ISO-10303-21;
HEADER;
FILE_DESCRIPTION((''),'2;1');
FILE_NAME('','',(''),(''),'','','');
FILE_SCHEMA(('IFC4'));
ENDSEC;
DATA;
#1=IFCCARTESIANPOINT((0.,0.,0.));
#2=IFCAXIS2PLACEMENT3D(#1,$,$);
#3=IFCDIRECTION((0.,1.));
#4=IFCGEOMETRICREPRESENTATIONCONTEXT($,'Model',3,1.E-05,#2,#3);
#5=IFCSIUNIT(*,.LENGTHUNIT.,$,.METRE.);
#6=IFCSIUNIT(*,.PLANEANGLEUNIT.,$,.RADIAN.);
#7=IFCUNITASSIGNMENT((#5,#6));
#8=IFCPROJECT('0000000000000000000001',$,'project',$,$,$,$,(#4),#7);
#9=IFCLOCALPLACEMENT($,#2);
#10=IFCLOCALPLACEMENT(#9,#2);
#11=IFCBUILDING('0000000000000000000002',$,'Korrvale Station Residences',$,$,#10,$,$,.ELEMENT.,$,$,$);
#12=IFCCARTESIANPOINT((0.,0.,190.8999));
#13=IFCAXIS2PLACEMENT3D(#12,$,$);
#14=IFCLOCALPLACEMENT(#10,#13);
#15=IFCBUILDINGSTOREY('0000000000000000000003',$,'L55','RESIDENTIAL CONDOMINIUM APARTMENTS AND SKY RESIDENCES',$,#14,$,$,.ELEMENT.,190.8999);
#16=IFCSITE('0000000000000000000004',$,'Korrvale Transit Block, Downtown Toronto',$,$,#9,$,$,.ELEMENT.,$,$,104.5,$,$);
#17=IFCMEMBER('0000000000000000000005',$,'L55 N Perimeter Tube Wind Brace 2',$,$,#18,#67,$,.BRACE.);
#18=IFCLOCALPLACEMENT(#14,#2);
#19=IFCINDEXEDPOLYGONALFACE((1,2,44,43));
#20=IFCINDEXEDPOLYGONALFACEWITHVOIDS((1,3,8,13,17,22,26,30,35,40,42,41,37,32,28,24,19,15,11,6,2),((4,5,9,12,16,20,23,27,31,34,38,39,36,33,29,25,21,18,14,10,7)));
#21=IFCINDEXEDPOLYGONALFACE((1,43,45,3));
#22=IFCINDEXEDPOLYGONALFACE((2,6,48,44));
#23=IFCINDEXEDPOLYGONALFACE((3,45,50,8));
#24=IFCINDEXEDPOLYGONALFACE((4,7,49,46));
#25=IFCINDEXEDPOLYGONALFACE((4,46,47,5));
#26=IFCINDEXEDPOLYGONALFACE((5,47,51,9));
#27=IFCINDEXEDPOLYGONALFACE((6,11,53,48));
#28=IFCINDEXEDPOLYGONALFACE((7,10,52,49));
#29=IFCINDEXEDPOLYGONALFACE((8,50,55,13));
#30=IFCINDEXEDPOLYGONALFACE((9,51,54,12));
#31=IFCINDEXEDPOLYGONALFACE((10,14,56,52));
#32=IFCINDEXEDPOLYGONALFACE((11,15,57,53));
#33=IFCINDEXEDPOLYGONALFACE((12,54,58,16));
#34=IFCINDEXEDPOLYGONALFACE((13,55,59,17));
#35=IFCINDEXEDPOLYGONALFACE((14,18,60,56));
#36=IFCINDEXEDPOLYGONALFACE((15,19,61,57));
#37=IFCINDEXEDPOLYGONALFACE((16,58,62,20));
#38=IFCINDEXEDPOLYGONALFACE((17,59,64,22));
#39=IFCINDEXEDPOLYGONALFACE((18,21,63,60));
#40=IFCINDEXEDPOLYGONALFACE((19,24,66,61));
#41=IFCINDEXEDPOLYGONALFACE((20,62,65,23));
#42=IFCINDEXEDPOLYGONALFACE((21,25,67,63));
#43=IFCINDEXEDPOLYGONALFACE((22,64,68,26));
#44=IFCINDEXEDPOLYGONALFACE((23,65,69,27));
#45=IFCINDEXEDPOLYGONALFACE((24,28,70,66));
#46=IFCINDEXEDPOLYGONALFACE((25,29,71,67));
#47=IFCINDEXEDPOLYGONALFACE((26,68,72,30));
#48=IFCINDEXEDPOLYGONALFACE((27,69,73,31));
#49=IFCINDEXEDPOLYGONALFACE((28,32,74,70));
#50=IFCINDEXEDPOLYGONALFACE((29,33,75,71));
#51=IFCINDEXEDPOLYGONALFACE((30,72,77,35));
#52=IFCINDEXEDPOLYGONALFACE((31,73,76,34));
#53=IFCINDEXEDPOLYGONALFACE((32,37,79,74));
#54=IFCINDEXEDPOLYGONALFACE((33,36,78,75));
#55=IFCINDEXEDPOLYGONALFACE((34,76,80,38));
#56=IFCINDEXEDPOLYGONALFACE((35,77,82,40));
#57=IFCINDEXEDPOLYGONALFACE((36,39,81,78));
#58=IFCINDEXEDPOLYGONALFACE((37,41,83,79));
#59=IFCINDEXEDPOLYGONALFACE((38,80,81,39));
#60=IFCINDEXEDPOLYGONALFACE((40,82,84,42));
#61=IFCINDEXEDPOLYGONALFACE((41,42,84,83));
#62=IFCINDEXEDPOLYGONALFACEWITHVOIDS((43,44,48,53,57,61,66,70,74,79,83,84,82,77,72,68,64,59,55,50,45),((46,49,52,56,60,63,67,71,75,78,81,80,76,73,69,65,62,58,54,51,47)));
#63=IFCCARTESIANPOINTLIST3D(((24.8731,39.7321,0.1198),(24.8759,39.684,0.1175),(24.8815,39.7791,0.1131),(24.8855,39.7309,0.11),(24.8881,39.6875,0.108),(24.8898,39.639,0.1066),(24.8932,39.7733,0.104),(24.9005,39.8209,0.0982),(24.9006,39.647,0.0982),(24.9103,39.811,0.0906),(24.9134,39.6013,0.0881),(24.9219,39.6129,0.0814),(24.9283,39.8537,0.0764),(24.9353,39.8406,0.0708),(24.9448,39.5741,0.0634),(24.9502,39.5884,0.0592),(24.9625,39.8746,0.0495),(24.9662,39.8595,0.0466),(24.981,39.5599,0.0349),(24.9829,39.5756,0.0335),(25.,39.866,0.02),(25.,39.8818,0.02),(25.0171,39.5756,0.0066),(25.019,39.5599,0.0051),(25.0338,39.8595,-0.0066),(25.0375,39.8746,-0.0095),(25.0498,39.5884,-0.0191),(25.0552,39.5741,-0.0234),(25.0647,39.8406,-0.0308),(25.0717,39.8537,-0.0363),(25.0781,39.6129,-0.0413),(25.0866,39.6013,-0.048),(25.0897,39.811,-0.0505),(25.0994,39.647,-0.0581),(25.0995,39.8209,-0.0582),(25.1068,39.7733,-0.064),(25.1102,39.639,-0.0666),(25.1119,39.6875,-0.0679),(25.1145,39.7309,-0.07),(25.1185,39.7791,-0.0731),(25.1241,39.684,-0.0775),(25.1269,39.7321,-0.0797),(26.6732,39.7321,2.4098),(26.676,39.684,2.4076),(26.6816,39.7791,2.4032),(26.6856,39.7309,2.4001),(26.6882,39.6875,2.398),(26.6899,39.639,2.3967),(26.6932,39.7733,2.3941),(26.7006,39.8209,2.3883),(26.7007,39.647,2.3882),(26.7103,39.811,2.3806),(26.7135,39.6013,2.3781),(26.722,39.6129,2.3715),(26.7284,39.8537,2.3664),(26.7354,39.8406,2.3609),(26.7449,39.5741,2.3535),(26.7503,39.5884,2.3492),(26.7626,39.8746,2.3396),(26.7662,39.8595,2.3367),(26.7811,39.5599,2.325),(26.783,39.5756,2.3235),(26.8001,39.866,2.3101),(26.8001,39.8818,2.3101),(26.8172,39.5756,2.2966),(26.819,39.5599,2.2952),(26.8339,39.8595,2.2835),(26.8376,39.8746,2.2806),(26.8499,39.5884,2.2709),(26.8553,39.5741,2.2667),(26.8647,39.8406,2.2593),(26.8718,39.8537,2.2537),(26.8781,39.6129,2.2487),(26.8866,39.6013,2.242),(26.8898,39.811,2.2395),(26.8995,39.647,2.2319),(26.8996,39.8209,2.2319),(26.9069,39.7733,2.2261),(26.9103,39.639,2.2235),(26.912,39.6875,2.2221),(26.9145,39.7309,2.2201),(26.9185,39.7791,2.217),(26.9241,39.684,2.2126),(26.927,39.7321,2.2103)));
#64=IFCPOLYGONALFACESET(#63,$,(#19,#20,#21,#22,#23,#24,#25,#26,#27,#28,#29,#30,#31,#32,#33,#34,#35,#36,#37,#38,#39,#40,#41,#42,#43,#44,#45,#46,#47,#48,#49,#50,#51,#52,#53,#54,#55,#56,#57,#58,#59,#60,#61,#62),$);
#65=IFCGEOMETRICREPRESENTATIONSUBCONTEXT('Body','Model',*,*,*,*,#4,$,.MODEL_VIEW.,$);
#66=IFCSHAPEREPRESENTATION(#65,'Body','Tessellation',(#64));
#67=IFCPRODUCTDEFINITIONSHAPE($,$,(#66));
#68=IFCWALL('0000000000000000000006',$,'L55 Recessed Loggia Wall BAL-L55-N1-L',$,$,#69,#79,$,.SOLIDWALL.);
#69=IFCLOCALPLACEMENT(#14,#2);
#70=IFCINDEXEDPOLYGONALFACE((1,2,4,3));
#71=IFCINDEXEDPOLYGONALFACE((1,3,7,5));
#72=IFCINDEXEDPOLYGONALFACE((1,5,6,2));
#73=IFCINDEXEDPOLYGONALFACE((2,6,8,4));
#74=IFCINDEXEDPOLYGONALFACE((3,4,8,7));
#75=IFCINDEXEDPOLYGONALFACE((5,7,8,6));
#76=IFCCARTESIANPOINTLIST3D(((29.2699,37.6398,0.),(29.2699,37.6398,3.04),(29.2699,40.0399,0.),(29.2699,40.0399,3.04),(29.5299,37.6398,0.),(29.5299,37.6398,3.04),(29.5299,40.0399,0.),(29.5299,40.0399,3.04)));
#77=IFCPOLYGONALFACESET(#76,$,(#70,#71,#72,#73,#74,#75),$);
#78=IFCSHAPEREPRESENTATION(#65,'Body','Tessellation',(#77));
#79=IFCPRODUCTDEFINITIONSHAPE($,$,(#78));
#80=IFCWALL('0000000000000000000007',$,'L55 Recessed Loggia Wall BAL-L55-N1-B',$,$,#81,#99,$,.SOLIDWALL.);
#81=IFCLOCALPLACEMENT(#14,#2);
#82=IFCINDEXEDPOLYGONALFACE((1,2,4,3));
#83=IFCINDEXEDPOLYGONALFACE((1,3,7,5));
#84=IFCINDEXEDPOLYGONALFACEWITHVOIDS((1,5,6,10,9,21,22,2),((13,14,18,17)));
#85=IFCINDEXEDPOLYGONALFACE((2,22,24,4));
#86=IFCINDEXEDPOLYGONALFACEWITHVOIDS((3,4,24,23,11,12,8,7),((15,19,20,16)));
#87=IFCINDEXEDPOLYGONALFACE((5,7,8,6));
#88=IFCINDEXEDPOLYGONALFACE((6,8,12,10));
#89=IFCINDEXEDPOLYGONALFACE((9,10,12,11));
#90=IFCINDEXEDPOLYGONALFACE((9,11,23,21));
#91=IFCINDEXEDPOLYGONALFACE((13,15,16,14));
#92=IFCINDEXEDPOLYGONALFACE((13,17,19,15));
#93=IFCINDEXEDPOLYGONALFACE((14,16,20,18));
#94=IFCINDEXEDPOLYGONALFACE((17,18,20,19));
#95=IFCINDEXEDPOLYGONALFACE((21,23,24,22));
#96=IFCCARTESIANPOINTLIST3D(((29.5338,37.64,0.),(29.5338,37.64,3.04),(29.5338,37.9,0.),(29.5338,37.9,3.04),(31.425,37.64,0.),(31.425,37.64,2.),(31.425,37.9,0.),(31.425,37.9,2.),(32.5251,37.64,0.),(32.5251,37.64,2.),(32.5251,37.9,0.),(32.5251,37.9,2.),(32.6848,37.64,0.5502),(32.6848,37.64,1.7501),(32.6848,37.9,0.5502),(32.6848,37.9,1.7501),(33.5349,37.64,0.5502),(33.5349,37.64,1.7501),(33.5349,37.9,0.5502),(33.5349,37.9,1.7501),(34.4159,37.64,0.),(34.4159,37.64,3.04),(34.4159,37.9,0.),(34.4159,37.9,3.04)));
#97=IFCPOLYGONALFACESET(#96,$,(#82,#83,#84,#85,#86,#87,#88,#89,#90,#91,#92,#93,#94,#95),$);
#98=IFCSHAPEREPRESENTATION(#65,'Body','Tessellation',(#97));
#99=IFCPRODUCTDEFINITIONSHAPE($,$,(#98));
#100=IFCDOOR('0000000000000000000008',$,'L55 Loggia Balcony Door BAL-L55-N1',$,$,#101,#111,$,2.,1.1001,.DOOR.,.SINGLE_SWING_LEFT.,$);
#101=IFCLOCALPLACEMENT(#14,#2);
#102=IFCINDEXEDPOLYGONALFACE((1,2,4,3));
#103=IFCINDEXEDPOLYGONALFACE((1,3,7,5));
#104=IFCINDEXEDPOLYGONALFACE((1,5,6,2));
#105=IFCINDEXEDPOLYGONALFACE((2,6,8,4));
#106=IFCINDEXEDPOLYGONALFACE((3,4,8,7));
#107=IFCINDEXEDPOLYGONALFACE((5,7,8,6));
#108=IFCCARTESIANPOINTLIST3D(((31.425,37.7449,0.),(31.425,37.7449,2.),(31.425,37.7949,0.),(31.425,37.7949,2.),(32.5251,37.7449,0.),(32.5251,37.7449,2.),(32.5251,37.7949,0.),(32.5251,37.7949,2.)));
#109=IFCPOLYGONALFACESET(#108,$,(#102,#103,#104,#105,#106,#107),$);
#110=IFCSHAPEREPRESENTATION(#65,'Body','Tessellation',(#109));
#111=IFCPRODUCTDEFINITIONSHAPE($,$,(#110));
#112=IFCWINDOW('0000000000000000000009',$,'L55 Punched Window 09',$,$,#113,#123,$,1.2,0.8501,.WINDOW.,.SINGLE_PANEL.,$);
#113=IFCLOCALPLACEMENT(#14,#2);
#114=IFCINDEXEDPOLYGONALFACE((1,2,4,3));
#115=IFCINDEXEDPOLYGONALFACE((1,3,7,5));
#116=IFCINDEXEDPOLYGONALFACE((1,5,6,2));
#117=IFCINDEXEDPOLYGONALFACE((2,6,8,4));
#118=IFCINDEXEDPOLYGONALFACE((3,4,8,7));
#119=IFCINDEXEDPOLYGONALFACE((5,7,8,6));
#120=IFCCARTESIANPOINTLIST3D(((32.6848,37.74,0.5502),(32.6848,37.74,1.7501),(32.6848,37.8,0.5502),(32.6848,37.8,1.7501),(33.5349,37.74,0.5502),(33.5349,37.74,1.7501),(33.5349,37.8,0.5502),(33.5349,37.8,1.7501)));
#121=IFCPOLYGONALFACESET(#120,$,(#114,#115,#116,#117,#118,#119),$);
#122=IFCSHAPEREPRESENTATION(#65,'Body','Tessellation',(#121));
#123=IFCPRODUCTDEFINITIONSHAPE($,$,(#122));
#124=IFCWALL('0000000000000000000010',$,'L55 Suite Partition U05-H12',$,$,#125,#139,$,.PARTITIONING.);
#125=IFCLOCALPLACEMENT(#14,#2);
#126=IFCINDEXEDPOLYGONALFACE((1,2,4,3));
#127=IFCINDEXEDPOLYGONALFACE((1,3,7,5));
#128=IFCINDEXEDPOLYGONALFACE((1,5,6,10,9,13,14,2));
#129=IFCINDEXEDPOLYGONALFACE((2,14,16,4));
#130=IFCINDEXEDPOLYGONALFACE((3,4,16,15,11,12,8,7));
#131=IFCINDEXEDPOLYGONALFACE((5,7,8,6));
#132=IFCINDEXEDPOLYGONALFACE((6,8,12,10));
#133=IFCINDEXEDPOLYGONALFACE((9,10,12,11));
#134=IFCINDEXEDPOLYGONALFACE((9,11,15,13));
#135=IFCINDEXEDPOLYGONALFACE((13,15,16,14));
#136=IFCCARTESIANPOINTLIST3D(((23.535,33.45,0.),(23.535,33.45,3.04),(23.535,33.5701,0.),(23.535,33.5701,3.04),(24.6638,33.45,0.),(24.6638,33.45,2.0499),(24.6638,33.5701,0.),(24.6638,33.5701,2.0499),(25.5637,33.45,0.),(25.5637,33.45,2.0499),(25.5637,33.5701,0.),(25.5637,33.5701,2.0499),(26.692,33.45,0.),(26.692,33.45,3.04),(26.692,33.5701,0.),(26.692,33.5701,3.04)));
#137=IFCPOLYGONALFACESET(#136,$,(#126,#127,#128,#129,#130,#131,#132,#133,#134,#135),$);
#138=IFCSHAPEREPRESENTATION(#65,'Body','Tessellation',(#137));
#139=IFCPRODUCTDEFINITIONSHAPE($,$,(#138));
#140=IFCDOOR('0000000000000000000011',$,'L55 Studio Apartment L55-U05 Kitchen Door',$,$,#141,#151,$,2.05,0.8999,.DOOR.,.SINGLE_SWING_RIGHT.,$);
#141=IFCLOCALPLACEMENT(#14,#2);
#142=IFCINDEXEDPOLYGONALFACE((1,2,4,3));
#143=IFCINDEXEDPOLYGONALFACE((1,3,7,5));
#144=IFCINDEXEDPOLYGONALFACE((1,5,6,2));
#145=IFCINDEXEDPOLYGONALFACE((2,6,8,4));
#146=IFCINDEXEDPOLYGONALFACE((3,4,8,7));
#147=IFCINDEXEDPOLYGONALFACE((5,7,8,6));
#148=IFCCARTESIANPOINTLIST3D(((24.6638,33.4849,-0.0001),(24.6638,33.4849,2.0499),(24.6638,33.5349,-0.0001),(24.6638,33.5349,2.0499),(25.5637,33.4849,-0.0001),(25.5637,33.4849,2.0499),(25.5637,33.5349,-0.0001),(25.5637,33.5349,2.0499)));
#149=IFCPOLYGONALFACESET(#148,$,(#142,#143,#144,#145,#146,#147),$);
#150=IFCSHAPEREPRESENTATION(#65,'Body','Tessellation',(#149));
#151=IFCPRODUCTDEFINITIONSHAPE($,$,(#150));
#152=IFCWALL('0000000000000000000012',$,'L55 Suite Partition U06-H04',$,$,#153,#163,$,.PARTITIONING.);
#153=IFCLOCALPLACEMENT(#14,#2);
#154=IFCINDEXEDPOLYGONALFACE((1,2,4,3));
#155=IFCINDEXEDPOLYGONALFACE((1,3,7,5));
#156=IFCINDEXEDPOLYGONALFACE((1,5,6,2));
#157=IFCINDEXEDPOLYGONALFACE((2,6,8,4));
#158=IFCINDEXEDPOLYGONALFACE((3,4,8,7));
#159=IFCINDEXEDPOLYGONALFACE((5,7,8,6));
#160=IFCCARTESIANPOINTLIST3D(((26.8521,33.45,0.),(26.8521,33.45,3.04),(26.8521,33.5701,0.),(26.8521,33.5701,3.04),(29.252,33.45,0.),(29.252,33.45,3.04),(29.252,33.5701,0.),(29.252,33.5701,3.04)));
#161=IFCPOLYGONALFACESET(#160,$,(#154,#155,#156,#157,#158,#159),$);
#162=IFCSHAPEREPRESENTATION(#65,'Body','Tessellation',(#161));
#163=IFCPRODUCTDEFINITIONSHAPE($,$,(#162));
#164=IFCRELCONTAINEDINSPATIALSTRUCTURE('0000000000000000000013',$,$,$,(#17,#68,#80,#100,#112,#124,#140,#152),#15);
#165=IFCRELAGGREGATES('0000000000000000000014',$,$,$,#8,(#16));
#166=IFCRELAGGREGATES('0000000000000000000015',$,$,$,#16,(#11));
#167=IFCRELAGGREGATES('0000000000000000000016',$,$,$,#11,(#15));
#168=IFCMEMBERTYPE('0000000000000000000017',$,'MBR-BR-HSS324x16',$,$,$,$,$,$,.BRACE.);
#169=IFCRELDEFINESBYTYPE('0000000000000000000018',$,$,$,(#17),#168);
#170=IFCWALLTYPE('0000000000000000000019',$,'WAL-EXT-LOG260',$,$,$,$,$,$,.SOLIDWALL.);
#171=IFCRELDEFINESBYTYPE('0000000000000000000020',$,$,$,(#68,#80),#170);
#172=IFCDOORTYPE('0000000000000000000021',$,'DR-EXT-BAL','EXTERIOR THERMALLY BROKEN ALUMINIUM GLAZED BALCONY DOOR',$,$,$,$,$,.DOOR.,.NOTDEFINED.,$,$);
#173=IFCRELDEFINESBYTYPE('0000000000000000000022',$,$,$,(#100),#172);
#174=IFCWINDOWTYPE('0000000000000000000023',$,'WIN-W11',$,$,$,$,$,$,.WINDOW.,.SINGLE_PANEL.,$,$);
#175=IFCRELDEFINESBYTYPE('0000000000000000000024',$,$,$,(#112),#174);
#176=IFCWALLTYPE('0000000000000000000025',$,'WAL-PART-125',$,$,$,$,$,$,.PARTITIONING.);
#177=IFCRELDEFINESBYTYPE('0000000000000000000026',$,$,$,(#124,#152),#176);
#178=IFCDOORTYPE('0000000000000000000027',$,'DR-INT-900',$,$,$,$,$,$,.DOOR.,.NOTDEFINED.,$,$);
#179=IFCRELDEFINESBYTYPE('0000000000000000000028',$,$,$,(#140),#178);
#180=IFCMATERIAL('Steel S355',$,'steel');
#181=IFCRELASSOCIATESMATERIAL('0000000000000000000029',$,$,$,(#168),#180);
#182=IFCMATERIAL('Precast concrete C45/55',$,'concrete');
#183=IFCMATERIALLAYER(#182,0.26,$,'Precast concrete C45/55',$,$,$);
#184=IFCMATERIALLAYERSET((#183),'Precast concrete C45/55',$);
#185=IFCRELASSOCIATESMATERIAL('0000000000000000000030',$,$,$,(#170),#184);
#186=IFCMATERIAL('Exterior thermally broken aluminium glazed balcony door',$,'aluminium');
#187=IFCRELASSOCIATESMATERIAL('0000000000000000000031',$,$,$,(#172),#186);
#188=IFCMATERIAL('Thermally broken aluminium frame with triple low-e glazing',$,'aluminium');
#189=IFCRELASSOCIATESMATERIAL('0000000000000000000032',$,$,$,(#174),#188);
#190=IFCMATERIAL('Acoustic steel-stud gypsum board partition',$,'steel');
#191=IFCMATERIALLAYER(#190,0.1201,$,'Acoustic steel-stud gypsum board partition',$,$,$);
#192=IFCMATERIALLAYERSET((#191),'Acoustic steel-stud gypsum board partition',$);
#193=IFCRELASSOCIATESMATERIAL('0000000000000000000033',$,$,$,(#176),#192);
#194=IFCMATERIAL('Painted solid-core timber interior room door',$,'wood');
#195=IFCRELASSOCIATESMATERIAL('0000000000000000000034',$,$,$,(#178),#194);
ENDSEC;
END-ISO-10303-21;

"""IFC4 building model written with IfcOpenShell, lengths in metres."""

from ifc_helpers import new_model, si_unit, direction, frame, frame_2d, origin, origin_2d, place, context, subcontext, project, spatial, rectangle, hollow_circle, extrude, material, layer, layer_set, material_profile, profile_set, type_object, element, fill, save


model = new_model("IFC4")

# Units and contexts
model_context = context("Model", 3, precision=1e-05, world=origin(), true_north=direction((0.0, 1.0)))
body_context = subcontext(model_context, "Body", "Model", "MODEL_VIEW")
ifc_project = project(units=[si_unit("LENGTHUNIT", "METRE"), si_unit("PLANEANGLEUNIT", "RADIAN")], contexts=[model_context])

# Site, building, storey
site_placement = place(None, origin())
site = spatial("IfcSite", under=ifc_project, at=site_placement, Name="Korrvale Transit Block, Downtown Toronto", CompositionType="ELEMENT", RefElevation=104.5)
building_placement = place(site_placement, origin())
building = spatial("IfcBuilding", under=site, at=building_placement, Name="Korrvale Station Residences", CompositionType="ELEMENT")
storey_placement = place(building_placement, frame((0.0, 0.0, 190.8999)))
storey = spatial("IfcBuildingStorey", under=building, at=storey_placement, Name="L55", Description="RESIDENTIAL CONDOMINIUM APARTMENTS AND SKY RESIDENCES", CompositionType="ELEMENT", Elevation=190.8999)

# Shared definitions
ifc_material_1 = material(Name="Steel S355", Category="steel")

# Member
ifc_material_profile_1 = material_profile(ifc_material_1, hollow_circle(Radius=0.1619, WallThickness=0.0159, at=origin_2d()), Name="HSS324x16")
ifc_profile_set_1 = profile_set([ifc_material_profile_1], Name="Steel S355")
member_type = type_object("IfcMemberType", Name="MBR-BR-HSS324x16", PredefinedType="BRACE", material=ifc_profile_set_1)
for number, where, z_axis, x_axis, name in (
    (1, (25.0, 39.72, 0.02), (0.617977, 0.0, 0.786196), (0.0, 1.0, 0.0), "L55 N Perimeter Tube Wind Brace 2"),
):
    element("IfcMember", number, at=place(storey_placement, frame(where, z_axis=z_axis, x_axis=x_axis)), inside=storey, type_object=member_type, Name=name, PredefinedType="BRACE", context=body_context, shape_type="SweptSolid", body=[
        extrude(hollow_circle(Radius=0.1619, WallThickness=0.0159, at=origin_2d()), origin(), (0.0, 0.0, 1.0), 2.9128),
    ])

# Wall
ifc_material_2 = material(Name="Precast concrete C45/55", Category="concrete")
ifc_layer_1 = layer(ifc_material_2, 0.26, Name="Precast concrete C45/55")
ifc_layer_set_1 = layer_set([ifc_layer_1], Name="Precast concrete C45/55")
wall_type_1 = type_object("IfcWallType", Name="WAL-EXT-LOG260", PredefinedType="SOLIDWALL", material=ifc_layer_set_1)
wall_1_placement = place(storey_placement, frame((29.3999, 40.04, 0.0), z_axis=(0.0, 0.0, 1.0), x_axis=(0.0, -1.0, 0.0)))
element("IfcWall", 2, at=wall_1_placement, inside=storey, type_object=wall_type_1, Name="L55 Recessed Loggia Wall BAL-L55-N1-L", PredefinedType="SOLIDWALL", context=body_context, shape_type="SweptSolid", body=[
    extrude(rectangle(XDim=2.4001, YDim=0.26, at=frame_2d((1.2002, 0.0))), origin(), (0.0, 0.0, 1.0), 3.04),
])

# Wall, openings, door, window
wall_2_placement = place(storey_placement, frame((29.5339, 37.77, 0.0), z_axis=(0.0, 0.0, 1.0), x_axis=(1.0, 0.0, 0.0)))
wall_2 = element("IfcWall", 3, at=wall_2_placement, inside=storey, type_object=wall_type_1, Name="L55 Recessed Loggia Wall BAL-L55-N1-B", PredefinedType="SOLIDWALL", context=body_context, shape_type="SweptSolid", body=[
    extrude(rectangle(XDim=4.8821, YDim=0.26, at=frame_2d((2.4409, 0.0))), origin(), (0.0, 0.0, 1.0), 3.04),
])
opening_1_placement = place(wall_2_placement, frame((1.8911, 0.0, 0.0)))
opening_1 = element("IfcOpeningElement", 4, at=opening_1_placement, cuts=wall_2, PredefinedType="OPENING", context=body_context, shape_type="SweptSolid", body=[
    extrude(rectangle(XDim=1.1001, YDim=2.0, at=frame_2d((0.55, 1.0))), frame((0.0, 0.1401, 0.0), z_axis=(0.0, -1.0, 0.0), x_axis=(1.0, 0.0, 0.0)), (0.0, 0.0, 1.0), 0.28),
])
opening_2_placement = place(wall_2_placement, frame((3.1509, 0.0, 0.55)))
opening_2 = element("IfcOpeningElement", 5, at=opening_2_placement, cuts=wall_2, PredefinedType="OPENING", context=body_context, shape_type="SweptSolid", body=[
    extrude(rectangle(XDim=0.8501, YDim=1.2, at=frame_2d((0.425, 0.6001))), frame((0.0, 0.1401, 0.0), z_axis=(0.0, -1.0, 0.0), x_axis=(1.0, 0.0, 0.0)), (0.0, 0.0, 1.0), 0.28),
])
ifc_material_3 = material(Name="Exterior thermally broken aluminium glazed balcony door", Category="aluminium")
door_type_1 = type_object("IfcDoorType", Name="DR-EXT-BAL", Description="EXTERIOR THERMALLY BROKEN ALUMINIUM GLAZED BALCONY DOOR", OperationType="NOTDEFINED", PredefinedType="DOOR", material=ifc_material_3)
door_1_placement = place(opening_1_placement, origin())
door_1 = element("IfcDoor", 6, at=door_1_placement, inside=storey, type_object=door_type_1, Name="L55 Loggia Balcony Door BAL-L55-N1", OperationType="SINGLE_SWING_LEFT", OverallHeight=2.0, OverallWidth=1.1001, PredefinedType="DOOR", context=body_context, shape_type="SweptSolid", body=[
    extrude(rectangle(XDim=1.1001, YDim=2.0, at=frame_2d((0.55, 1.0))), frame((0.0, 0.0249, 0.0), z_axis=(0.0, -1.0, 0.0), x_axis=(1.0, 0.0, 0.0)), (0.0, 0.0, 1.0), 0.05),
])
fill(opening_1, door_1)
ifc_material_4 = material(Name="Thermally broken aluminium frame with triple low-e glazing", Category="aluminium")
window_type = type_object("IfcWindowType", Name="WIN-W11", PartitioningType="SINGLE_PANEL", PredefinedType="WINDOW", material=ifc_material_4)
window_placement = place(opening_2_placement, origin())
window = element("IfcWindow", 7, at=window_placement, inside=storey, type_object=window_type, Name="L55 Punched Window 09", OverallHeight=1.2, OverallWidth=0.8501, PartitioningType="SINGLE_PANEL", PredefinedType="WINDOW", context=body_context, shape_type="SweptSolid", body=[
    extrude(rectangle(XDim=0.8501, YDim=1.2, at=frame_2d((0.425, 0.6001))), frame((0.0, 0.03, 0.0), z_axis=(0.0, -1.0, 0.0), x_axis=(1.0, 0.0, 0.0)), (0.0, 0.0, 1.0), 0.0601),
])
fill(opening_2, window)

# Wall, opening, door
ifc_material_5 = material(Name="Acoustic steel-stud gypsum board partition", Category="steel")
ifc_layer_2 = layer(ifc_material_5, 0.1201, Name="Acoustic steel-stud gypsum board partition")
ifc_layer_set_2 = layer_set([ifc_layer_2], Name="Acoustic steel-stud gypsum board partition")
wall_type_2 = type_object("IfcWallType", Name="WAL-PART-125", PredefinedType="PARTITIONING", material=ifc_layer_set_2)
wall_3_placement = place(storey_placement, frame((23.5349, 33.51, 0.0), z_axis=(0.0, 0.0, 1.0), x_axis=(1.0, 0.0, 0.0)))
wall_3 = element("IfcWall", 8, at=wall_3_placement, inside=storey, type_object=wall_type_2, Name="L55 Suite Partition U05-H12", PredefinedType="PARTITIONING", context=body_context, shape_type="SweptSolid", body=[
    extrude(rectangle(XDim=3.157, YDim=0.1201, at=frame_2d((1.5786, 0.0))), origin(), (0.0, 0.0, 1.0), 3.04),
])
opening_3_placement = place(wall_3_placement, frame((1.1289, 0.0, 0.0)))
opening_3 = element("IfcOpeningElement", 9, at=opening_3_placement, cuts=wall_3, PredefinedType="OPENING", context=body_context, shape_type="SweptSolid", body=[
    extrude(rectangle(XDim=0.8999, YDim=2.05, at=frame_2d((0.45, 1.0249))), frame((0.0, 0.0701, 0.0), z_axis=(0.0, -1.0, 0.0), x_axis=(1.0, 0.0, 0.0)), (0.0, 0.0, 1.0), 0.1401),
])
ifc_material_6 = material(Name="Painted solid-core timber interior room door", Category="wood")
door_type_2 = type_object("IfcDoorType", Name="DR-INT-900", OperationType="NOTDEFINED", PredefinedType="DOOR", material=ifc_material_6)
door_2_placement = place(opening_3_placement, origin())
door_2 = element("IfcDoor", 10, at=door_2_placement, inside=storey, type_object=door_type_2, Name="L55 Studio Apartment L55-U05 Kitchen Door", OperationType="SINGLE_SWING_RIGHT", OverallHeight=2.05, OverallWidth=0.8999, PredefinedType="DOOR", context=body_context, shape_type="SweptSolid", body=[
    extrude(rectangle(XDim=0.8999, YDim=2.05, at=frame_2d((0.45, 1.0249))), frame((0.0, 0.0249, 0.0), z_axis=(0.0, -1.0, 0.0), x_axis=(1.0, 0.0, 0.0)), (0.0, 0.0, 1.0), 0.05),
])
fill(opening_3, door_2)

# Wall
wall_4_placement = place(storey_placement, frame((26.8521, 33.51, 0.0), z_axis=(0.0, 0.0, 1.0), x_axis=(1.0, 0.0, 0.0)))
element("IfcWall", 11, at=wall_4_placement, inside=storey, type_object=wall_type_2, Name="L55 Suite Partition U06-H04", PredefinedType="PARTITIONING", context=body_context, shape_type="SweptSolid", body=[
    extrude(rectangle(XDim=2.3999, YDim=0.1201, at=frame_2d((1.2, 0.0))), origin(), (0.0, 0.0, 1.0), 3.04),
])

save(model, "model.ifc")
